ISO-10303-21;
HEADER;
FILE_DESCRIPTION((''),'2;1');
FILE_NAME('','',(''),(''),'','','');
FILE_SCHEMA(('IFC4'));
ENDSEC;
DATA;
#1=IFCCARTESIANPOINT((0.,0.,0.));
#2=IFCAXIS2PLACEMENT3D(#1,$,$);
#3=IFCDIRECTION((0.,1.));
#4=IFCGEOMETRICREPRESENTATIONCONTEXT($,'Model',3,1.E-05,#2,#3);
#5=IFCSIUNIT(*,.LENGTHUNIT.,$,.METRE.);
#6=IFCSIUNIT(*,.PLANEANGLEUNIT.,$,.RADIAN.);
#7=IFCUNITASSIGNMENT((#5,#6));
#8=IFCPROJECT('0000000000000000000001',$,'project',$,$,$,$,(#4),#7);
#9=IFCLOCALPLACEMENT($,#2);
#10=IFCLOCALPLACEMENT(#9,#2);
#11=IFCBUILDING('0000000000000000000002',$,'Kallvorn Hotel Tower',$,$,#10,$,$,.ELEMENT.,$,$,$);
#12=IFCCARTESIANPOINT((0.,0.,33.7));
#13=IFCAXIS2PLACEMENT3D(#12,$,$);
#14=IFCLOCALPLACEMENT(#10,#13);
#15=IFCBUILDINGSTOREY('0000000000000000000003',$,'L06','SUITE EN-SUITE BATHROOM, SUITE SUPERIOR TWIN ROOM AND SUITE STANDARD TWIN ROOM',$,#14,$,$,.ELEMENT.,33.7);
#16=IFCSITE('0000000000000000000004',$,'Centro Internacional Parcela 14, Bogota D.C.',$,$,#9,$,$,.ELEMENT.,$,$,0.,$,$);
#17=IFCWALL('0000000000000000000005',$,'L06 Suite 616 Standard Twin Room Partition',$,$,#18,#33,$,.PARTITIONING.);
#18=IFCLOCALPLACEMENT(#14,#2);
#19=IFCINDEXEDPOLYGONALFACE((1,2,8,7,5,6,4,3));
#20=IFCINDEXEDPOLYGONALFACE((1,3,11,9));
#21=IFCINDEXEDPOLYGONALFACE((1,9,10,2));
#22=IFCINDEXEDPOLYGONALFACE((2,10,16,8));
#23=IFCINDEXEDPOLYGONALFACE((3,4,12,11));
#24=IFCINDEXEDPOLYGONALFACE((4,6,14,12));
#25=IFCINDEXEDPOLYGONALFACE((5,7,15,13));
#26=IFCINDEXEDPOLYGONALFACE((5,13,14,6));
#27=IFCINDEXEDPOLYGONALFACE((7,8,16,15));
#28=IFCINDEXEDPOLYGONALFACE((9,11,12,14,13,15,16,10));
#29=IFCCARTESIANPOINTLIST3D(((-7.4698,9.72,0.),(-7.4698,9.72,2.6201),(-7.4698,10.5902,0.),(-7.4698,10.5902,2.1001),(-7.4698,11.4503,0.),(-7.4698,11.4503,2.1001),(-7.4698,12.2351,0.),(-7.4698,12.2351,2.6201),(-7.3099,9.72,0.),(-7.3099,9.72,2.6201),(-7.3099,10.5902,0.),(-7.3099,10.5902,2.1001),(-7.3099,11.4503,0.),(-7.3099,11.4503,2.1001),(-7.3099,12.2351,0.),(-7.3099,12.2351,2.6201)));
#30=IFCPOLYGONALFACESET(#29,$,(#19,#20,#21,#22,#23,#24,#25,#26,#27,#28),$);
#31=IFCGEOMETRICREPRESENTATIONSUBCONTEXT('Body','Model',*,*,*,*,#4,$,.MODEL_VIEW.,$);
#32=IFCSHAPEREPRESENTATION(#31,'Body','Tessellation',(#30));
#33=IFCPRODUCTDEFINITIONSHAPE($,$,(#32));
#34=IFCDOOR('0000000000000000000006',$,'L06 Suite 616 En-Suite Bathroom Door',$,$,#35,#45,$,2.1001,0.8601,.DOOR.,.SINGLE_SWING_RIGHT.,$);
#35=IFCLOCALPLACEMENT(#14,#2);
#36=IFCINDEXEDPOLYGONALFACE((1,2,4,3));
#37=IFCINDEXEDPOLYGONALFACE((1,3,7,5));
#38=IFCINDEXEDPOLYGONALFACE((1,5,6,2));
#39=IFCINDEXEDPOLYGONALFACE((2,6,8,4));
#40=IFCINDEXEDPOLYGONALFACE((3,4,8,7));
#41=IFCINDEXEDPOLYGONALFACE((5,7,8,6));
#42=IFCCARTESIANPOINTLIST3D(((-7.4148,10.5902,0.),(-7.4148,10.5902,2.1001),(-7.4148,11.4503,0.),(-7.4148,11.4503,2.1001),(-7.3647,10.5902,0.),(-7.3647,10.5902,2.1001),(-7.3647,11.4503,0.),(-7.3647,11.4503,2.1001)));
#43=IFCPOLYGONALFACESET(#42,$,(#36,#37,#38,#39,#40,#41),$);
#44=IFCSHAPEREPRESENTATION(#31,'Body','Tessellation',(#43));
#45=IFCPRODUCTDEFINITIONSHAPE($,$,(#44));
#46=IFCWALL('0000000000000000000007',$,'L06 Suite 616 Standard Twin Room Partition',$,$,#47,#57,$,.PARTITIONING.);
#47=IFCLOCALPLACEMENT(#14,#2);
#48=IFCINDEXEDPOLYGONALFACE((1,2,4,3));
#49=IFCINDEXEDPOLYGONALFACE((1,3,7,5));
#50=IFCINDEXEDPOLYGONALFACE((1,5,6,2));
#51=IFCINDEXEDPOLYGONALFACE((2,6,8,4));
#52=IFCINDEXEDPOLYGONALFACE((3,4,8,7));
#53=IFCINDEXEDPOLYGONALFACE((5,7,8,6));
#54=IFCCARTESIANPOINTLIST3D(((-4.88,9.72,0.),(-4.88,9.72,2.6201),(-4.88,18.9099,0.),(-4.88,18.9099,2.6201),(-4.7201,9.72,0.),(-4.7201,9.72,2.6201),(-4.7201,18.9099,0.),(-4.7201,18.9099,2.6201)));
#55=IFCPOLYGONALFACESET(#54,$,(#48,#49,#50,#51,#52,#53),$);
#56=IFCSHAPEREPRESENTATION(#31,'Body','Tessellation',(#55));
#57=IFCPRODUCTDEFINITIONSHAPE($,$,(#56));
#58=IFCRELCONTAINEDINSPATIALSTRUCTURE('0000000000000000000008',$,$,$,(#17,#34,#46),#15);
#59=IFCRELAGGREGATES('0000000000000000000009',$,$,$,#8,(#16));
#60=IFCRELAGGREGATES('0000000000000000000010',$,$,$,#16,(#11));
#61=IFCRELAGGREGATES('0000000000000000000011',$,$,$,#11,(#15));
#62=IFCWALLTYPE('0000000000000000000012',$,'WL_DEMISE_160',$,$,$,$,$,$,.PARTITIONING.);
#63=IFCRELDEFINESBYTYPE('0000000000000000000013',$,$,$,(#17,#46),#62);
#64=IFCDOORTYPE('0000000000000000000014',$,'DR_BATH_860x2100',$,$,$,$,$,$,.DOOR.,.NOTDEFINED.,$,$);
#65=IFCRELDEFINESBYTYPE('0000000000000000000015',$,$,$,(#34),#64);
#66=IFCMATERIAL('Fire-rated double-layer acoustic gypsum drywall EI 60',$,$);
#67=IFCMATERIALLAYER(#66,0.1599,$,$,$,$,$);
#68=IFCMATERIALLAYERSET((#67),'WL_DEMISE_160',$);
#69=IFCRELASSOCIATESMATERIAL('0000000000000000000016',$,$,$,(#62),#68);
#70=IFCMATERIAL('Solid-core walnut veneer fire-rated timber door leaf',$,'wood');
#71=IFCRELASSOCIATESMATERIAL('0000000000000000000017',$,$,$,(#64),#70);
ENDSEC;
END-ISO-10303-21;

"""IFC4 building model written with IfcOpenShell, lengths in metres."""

from ifc_helpers import new_model, si_unit, direction, frame, frame_2d, origin, place, context, subcontext, project, spatial, rectangle, extrude, material, layer, layer_set, type_object, element, fill, save


model = new_model("IFC4")

# Units and contexts
model_context = context("Model", 3, precision=1e-05, world=origin(), true_north=direction((0.0, 1.0)))
body_context = subcontext(model_context, "Body", "Model", "MODEL_VIEW")
ifc_project = project(units=[si_unit("LENGTHUNIT", "METRE"), si_unit("PLANEANGLEUNIT", "RADIAN")], contexts=[model_context])

# Site, building, storey
site_placement = place(None, origin())
site = spatial("IfcSite", under=ifc_project, at=site_placement, Name="Centro Internacional Parcela 14, Bogota D.C.", CompositionType="ELEMENT", RefElevation=0.0)
building_placement = place(site_placement, origin())
building = spatial("IfcBuilding", under=site, at=building_placement, Name="Kallvorn Hotel Tower", CompositionType="ELEMENT")
storey_placement = place(building_placement, frame((0.0, 0.0, 33.7)))
storey = spatial("IfcBuildingStorey", under=building, at=storey_placement, Name="L06", Description="SUITE EN-SUITE BATHROOM, SUITE SUPERIOR TWIN ROOM AND SUITE STANDARD TWIN ROOM", CompositionType="ELEMENT", Elevation=33.7)

# Shared definitions
ifc_material_1 = material(Name="Fire-rated double-layer acoustic gypsum drywall EI 60")
ifc_layer_1 = layer(ifc_material_1, 0.1599)
ifc_layer_set_1 = layer_set([ifc_layer_1], Name="WL_DEMISE_160")
wall_type = type_object("IfcWallType", Name="WL_DEMISE_160", PredefinedType="PARTITIONING", material=ifc_layer_set_1)

# Shared definitions
ifc_material_2 = material(Name="Solid-core walnut veneer fire-rated timber door leaf", Category="wood")
door_type = type_object("IfcDoorType", Name="DR_BATH_860x2100", OperationType="NOTDEFINED", PredefinedType="DOOR", material=ifc_material_2)

# Wall, opening, door
wall_1_placement = place(storey_placement, frame((-7.3899, 9.72, 0.0), z_axis=(0.0, 0.0, 1.0), x_axis=(0.0, 1.0, 0.0)))
wall_1 = element("IfcWall", 1, at=wall_1_placement, inside=storey, type_object=wall_type, Name="L06 Suite 616 Standard Twin Room Partition", PredefinedType="PARTITIONING", context=body_context, shape_type="SweptSolid", body=[
    extrude(rectangle(XDim=2.5151, YDim=0.1599, at=frame_2d((1.2576, 0.0))), origin(), (0.0, 0.0, 1.0), 2.6201),
])
opening_1_placement = place(wall_1_placement, frame((0.8701, 0.0, 0.0)))
opening_1 = element("IfcOpeningElement", 2, at=opening_1_placement, cuts=wall_1, PredefinedType="OPENING", context=body_context, shape_type="SweptSolid", body=[
    extrude(rectangle(XDim=0.8601, YDim=2.1001, at=frame_2d((0.4302, 1.05))), frame((0.0, 0.095, 0.0), z_axis=(0.0, -1.0, 0.0), x_axis=(1.0, 0.0, 0.0)), (0.0, 0.0, 1.0), 0.1899),
])
door_1_placement = place(opening_1_placement, origin())
door_1 = element("IfcDoor", 3, at=door_1_placement, inside=storey, type_object=door_type, Name="L06 Suite 616 En-Suite Bathroom Door", OperationType="SINGLE_SWING_RIGHT", OverallHeight=2.1001, OverallWidth=0.8601, PredefinedType="DOOR", context=body_context, shape_type="SweptSolid", body=[
    extrude(rectangle(XDim=0.8601, YDim=2.1001, at=frame_2d((0.4302, 1.05))), frame((0.0, 0.0249, 0.0), z_axis=(0.0, -1.0, 0.0), x_axis=(1.0, 0.0, 0.0)), (0.0, 0.0, 1.0), 0.05),
])
fill(opening_1, door_1)

# Wall
wall_2_placement = place(storey_placement, frame((-4.8, 9.72, 0.0), z_axis=(0.0, 0.0, 1.0), x_axis=(0.0, 1.0, 0.0)))
element("IfcWall", 4, at=wall_2_placement, inside=storey, type_object=wall_type, Name="L06 Suite 616 Standard Twin Room Partition", PredefinedType="PARTITIONING", context=body_context, shape_type="SweptSolid", body=[
    extrude(rectangle(XDim=9.1899, YDim=0.1599, at=frame_2d((4.595, 0.0))), origin(), (0.0, 0.0, 1.0), 2.6201),
])

save(model, "model.ifc")
